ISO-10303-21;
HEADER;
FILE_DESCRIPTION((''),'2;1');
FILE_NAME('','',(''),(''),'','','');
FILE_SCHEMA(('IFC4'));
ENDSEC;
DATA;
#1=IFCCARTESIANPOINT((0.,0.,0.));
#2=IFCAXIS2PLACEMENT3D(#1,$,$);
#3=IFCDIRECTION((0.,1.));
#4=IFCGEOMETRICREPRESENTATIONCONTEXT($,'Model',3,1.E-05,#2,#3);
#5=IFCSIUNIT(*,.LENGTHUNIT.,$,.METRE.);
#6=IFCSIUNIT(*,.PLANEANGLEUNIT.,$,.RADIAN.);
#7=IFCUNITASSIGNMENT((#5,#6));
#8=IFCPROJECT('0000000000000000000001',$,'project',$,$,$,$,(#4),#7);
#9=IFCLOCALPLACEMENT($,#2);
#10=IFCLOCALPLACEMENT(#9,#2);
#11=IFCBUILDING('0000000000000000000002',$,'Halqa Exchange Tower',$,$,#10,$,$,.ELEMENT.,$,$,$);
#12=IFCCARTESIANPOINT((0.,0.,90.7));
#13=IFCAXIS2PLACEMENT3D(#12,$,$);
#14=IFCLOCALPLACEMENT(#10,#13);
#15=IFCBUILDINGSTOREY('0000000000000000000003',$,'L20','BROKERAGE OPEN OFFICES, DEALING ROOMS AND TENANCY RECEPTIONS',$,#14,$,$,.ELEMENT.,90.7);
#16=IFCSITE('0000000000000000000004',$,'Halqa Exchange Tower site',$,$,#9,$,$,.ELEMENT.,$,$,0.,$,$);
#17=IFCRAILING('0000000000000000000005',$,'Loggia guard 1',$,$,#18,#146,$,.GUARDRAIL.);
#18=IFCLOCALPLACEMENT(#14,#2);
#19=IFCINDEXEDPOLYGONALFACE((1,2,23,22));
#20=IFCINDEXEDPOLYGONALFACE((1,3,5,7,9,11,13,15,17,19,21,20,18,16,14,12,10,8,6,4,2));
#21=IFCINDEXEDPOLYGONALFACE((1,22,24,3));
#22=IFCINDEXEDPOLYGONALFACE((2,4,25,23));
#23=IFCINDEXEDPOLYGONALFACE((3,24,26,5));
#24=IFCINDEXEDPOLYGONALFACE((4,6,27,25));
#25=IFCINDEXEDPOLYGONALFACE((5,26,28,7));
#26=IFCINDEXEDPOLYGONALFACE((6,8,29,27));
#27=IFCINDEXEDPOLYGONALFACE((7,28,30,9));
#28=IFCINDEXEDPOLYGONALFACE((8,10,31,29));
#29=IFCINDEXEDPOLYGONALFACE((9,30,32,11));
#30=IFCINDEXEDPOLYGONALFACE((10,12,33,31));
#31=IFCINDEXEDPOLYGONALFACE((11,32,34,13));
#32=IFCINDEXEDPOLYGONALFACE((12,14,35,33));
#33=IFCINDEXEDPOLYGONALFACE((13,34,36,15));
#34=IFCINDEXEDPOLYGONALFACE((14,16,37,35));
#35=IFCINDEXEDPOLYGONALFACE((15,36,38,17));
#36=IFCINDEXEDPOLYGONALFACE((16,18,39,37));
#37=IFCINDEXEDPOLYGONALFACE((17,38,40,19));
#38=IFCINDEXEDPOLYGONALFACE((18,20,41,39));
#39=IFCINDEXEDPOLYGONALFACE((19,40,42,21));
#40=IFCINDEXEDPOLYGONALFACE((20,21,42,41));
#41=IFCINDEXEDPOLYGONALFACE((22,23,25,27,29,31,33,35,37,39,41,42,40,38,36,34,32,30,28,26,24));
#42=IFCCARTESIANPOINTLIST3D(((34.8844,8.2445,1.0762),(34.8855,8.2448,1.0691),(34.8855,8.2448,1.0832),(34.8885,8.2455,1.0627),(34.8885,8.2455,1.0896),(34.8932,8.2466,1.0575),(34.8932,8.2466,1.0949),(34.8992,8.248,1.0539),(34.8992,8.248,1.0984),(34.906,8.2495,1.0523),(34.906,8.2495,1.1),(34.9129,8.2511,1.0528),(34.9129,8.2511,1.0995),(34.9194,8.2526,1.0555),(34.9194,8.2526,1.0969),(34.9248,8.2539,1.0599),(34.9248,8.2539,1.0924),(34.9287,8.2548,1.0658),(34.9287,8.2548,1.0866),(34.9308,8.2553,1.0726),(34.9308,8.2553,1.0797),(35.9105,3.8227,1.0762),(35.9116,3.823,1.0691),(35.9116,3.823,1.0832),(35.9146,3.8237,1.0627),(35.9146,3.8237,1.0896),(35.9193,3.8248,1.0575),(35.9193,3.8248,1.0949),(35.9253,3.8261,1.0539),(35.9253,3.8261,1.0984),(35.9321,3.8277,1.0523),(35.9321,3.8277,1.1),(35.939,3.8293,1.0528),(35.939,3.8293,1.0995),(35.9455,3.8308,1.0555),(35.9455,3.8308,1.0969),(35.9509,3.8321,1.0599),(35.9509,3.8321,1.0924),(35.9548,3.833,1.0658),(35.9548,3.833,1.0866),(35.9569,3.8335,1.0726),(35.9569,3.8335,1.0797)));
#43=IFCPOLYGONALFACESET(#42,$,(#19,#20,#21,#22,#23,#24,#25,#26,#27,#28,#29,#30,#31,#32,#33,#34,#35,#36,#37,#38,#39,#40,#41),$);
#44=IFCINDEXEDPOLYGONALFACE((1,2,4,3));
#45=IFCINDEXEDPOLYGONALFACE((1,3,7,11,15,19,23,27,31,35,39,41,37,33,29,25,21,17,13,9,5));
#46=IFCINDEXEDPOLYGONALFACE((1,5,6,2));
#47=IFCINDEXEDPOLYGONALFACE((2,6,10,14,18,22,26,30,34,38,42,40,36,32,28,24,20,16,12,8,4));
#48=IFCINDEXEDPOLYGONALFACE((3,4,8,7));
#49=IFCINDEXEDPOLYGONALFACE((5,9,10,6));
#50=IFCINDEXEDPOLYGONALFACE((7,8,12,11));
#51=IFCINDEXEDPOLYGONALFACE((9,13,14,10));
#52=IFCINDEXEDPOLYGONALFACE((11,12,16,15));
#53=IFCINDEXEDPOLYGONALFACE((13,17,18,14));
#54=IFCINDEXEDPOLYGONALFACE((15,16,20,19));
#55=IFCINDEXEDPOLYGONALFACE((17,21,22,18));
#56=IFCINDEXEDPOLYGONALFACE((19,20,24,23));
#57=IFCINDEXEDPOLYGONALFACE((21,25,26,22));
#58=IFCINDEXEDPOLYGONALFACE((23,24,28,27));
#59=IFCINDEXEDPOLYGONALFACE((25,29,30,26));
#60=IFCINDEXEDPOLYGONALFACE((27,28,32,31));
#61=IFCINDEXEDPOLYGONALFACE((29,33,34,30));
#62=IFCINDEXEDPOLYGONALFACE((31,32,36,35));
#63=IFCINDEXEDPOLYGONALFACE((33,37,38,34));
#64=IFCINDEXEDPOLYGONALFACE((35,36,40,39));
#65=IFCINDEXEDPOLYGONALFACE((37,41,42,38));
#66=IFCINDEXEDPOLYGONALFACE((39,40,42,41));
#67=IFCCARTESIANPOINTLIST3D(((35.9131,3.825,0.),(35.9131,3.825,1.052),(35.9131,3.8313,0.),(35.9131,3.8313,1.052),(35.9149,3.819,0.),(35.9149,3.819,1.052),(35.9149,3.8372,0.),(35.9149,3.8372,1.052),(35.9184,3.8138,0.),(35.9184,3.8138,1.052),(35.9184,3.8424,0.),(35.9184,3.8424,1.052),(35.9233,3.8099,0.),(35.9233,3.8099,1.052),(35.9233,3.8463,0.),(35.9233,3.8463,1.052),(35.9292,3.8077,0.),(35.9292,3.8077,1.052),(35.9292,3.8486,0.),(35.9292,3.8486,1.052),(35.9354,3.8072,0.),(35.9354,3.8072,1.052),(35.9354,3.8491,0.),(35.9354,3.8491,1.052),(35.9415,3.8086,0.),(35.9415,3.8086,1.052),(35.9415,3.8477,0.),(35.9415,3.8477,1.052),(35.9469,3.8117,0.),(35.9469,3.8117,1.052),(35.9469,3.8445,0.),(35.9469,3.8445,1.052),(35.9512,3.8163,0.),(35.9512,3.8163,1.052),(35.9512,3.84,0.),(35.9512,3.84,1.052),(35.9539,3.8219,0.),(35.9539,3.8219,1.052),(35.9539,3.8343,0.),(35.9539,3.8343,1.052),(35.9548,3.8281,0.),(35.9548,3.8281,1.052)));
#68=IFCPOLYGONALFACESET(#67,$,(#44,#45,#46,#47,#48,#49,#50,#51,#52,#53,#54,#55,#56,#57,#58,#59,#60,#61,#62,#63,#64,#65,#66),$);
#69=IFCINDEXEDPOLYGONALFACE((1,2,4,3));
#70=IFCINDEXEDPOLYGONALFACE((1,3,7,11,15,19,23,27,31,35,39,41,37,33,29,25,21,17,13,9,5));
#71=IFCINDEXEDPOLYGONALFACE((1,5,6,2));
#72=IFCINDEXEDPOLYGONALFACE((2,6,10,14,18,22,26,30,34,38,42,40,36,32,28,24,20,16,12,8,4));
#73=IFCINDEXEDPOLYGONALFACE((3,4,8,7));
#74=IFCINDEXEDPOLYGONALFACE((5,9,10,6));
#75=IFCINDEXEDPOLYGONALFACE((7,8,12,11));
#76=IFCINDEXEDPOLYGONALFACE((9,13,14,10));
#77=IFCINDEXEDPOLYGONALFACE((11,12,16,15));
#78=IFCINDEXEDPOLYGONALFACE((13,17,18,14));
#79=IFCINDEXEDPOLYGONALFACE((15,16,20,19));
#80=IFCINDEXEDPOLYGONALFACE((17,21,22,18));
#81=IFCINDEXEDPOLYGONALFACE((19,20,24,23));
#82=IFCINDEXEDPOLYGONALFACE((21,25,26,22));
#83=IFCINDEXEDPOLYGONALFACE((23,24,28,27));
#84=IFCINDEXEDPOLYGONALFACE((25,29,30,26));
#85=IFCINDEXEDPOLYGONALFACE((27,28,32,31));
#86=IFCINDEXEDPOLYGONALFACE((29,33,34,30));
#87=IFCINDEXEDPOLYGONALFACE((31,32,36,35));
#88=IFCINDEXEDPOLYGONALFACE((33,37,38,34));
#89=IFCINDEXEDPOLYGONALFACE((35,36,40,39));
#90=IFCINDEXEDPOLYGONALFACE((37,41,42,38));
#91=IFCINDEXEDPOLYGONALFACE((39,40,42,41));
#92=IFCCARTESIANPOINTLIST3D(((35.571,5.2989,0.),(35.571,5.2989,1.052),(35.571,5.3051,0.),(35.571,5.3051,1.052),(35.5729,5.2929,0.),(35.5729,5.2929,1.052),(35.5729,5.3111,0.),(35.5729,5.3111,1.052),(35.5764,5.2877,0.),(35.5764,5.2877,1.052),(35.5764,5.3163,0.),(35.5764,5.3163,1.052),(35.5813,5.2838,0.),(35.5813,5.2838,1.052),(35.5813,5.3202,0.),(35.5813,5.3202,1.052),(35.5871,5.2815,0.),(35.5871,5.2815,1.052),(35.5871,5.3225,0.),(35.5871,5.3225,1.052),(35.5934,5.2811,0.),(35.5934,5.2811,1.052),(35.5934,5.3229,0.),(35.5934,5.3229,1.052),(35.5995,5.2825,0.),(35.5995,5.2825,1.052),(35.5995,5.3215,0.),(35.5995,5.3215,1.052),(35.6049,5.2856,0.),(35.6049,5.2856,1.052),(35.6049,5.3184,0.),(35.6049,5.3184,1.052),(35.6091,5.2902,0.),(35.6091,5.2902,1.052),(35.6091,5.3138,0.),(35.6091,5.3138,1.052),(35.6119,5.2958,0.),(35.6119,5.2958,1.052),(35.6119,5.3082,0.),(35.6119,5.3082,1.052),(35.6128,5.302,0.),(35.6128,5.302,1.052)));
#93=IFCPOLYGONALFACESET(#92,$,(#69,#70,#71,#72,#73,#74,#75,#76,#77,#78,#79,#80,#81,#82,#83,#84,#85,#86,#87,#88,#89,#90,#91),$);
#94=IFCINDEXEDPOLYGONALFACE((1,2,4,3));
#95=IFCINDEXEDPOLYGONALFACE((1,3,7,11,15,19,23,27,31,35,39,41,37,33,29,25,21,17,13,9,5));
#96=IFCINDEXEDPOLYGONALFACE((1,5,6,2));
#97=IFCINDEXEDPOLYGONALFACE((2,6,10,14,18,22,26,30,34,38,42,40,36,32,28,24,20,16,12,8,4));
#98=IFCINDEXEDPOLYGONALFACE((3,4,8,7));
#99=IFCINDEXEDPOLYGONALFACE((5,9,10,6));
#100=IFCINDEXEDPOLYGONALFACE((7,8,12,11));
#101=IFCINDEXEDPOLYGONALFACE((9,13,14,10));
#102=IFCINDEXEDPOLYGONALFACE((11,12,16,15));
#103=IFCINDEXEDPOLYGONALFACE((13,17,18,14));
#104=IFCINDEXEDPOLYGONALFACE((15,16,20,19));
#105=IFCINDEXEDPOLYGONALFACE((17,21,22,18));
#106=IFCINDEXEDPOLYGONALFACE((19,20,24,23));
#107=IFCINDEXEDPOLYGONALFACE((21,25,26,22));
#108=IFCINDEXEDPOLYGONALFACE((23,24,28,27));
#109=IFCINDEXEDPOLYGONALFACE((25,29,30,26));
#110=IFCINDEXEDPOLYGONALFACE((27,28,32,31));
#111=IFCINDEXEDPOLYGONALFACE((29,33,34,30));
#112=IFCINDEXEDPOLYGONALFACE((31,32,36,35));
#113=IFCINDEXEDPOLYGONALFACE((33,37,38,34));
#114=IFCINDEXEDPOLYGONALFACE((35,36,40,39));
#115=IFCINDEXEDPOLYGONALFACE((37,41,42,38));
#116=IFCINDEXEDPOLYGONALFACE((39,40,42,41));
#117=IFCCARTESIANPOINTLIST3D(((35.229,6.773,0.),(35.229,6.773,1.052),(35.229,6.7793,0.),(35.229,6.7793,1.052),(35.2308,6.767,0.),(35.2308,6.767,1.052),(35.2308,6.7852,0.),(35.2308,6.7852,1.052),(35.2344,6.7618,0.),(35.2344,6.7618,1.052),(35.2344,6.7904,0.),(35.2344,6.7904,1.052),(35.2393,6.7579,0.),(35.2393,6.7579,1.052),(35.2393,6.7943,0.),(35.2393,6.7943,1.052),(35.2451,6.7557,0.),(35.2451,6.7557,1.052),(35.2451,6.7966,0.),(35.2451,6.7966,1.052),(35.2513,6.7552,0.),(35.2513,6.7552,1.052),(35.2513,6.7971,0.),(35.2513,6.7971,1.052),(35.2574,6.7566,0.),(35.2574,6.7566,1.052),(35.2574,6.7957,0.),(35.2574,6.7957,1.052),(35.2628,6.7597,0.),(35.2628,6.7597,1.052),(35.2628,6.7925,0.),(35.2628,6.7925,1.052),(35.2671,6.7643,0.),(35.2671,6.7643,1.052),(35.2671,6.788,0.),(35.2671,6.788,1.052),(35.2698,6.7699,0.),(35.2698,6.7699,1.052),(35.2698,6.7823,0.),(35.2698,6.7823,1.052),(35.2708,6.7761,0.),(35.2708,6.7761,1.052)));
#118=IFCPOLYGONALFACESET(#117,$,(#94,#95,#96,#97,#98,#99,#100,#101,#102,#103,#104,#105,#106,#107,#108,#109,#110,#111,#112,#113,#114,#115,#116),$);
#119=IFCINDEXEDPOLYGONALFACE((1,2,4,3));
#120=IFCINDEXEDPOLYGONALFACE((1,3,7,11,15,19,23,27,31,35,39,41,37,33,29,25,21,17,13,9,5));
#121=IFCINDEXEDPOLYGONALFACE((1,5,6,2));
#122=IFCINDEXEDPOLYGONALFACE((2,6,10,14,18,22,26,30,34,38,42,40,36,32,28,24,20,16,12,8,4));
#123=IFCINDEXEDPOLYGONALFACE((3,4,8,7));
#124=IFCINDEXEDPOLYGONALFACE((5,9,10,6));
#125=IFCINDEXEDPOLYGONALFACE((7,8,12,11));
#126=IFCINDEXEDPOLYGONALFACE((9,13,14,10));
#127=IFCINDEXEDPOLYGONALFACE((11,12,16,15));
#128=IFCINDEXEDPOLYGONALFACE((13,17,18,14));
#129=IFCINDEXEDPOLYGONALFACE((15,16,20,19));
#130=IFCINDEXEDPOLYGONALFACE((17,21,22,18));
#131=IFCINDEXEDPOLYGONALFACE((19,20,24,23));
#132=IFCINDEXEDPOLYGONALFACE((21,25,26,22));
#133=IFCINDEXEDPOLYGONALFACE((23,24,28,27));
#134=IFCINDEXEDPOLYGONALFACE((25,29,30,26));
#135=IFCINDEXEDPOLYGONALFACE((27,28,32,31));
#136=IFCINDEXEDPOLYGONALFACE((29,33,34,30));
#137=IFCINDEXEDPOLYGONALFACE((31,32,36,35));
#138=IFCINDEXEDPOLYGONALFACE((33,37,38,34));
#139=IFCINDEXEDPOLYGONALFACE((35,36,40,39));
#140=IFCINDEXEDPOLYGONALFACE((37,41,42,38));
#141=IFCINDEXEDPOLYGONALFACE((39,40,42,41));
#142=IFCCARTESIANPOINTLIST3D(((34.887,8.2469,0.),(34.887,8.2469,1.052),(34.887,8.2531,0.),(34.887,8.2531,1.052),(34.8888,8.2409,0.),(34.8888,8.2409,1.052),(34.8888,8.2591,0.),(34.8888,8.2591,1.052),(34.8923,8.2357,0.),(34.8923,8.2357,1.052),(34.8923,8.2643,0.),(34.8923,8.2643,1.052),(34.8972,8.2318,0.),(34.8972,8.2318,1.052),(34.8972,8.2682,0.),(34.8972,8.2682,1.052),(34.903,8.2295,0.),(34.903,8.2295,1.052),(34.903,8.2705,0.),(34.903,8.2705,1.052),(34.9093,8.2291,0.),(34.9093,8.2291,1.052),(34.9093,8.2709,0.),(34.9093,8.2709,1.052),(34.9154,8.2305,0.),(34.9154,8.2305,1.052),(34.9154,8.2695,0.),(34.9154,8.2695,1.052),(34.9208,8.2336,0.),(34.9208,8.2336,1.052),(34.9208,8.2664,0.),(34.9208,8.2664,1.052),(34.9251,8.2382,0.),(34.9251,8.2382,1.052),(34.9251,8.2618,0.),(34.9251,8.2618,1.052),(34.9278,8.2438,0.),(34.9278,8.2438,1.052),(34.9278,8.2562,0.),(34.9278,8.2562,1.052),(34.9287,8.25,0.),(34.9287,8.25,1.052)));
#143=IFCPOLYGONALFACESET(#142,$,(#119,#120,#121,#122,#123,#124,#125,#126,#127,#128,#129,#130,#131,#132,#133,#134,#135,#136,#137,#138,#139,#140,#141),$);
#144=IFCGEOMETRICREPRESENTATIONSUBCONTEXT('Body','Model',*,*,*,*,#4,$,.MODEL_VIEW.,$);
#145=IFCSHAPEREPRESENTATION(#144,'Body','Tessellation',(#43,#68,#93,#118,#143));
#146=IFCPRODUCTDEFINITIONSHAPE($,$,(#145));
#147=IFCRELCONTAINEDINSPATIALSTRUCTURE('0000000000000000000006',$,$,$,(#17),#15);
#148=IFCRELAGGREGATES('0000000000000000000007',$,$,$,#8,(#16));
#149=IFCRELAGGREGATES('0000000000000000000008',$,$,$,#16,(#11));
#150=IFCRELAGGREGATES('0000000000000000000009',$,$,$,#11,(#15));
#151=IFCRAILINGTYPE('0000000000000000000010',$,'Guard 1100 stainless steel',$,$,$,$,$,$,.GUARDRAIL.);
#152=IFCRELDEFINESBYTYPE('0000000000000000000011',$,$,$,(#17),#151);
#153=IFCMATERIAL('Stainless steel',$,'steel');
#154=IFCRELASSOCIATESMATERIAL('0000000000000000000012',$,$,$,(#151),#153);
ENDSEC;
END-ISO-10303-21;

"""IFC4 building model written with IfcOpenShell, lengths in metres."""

from ifc_helpers import new_model, si_unit, direction, frame, origin, origin_2d, place, context, subcontext, project, spatial, circle, extrude, material, type_object, element, save


model = new_model("IFC4")

# Units and contexts
model_context = context("Model", 3, precision=1e-05, world=origin(), true_north=direction((0.0, 1.0)))
body_context = subcontext(model_context, "Body", "Model", "MODEL_VIEW")
ifc_project = project(units=[si_unit("LENGTHUNIT", "METRE"), si_unit("PLANEANGLEUNIT", "RADIAN")], contexts=[model_context])

# Site, building, storey
site_placement = place(None, origin())
site = spatial("IfcSite", under=ifc_project, at=site_placement, Name="Halqa Exchange Tower site", CompositionType="ELEMENT", RefElevation=0.0)
building_placement = place(site_placement, origin())
building = spatial("IfcBuilding", under=site, at=building_placement, Name="Halqa Exchange Tower", CompositionType="ELEMENT")
storey_placement = place(building_placement, frame((0.0, 0.0, 90.7)))
storey = spatial("IfcBuildingStorey", under=building, at=storey_placement, Name="L20", Description="BROKERAGE OPEN OFFICES, DEALING ROOMS AND TENANCY RECEPTIONS", CompositionType="ELEMENT", Elevation=90.7)

# Railing
ifc_material_1 = material(Name="Stainless steel", Category="steel")
railing_type = type_object("IfcRailingType", Name="Guard 1100 stainless steel", PredefinedType="GUARDRAIL", material=ifc_material_1)
railing_1_placement = place(storey_placement, frame((35.9338, 3.8281, 0.0)))
element("IfcRailing", 1, at=railing_1_placement, inside=storey, type_object=railing_type, Name="Loggia guard 1", PredefinedType="GUARDRAIL", context=body_context, shape_type="SweptSolid", body=[
    extrude(circle(Radius=0.0239, at=origin_2d()), frame((0.0, 0.0, 1.0762), z_axis=(-0.22605, 0.974116, 0.0), x_axis=(-0.974116, -0.22605, 0.0)), (0.0, 0.0, 1.0), 4.5393),
    extrude(circle(Radius=0.021, at=origin_2d()), origin(), (0.0, 0.0, 1.0), 1.052),
    extrude(circle(Radius=0.021, at=origin_2d()), frame((-0.342, 1.4739, 0.0)), (0.0, 0.0, 1.0), 1.052),
    extrude(circle(Radius=0.021, at=origin_2d()), frame((-0.6841, 2.948, 0.0)), (0.0, 0.0, 1.0), 1.052),
    extrude(circle(Radius=0.021, at=origin_2d()), frame((-1.0261, 4.4219, 0.0)), (0.0, 0.0, 1.0), 1.052),
])

save(model, "model.ifc")
